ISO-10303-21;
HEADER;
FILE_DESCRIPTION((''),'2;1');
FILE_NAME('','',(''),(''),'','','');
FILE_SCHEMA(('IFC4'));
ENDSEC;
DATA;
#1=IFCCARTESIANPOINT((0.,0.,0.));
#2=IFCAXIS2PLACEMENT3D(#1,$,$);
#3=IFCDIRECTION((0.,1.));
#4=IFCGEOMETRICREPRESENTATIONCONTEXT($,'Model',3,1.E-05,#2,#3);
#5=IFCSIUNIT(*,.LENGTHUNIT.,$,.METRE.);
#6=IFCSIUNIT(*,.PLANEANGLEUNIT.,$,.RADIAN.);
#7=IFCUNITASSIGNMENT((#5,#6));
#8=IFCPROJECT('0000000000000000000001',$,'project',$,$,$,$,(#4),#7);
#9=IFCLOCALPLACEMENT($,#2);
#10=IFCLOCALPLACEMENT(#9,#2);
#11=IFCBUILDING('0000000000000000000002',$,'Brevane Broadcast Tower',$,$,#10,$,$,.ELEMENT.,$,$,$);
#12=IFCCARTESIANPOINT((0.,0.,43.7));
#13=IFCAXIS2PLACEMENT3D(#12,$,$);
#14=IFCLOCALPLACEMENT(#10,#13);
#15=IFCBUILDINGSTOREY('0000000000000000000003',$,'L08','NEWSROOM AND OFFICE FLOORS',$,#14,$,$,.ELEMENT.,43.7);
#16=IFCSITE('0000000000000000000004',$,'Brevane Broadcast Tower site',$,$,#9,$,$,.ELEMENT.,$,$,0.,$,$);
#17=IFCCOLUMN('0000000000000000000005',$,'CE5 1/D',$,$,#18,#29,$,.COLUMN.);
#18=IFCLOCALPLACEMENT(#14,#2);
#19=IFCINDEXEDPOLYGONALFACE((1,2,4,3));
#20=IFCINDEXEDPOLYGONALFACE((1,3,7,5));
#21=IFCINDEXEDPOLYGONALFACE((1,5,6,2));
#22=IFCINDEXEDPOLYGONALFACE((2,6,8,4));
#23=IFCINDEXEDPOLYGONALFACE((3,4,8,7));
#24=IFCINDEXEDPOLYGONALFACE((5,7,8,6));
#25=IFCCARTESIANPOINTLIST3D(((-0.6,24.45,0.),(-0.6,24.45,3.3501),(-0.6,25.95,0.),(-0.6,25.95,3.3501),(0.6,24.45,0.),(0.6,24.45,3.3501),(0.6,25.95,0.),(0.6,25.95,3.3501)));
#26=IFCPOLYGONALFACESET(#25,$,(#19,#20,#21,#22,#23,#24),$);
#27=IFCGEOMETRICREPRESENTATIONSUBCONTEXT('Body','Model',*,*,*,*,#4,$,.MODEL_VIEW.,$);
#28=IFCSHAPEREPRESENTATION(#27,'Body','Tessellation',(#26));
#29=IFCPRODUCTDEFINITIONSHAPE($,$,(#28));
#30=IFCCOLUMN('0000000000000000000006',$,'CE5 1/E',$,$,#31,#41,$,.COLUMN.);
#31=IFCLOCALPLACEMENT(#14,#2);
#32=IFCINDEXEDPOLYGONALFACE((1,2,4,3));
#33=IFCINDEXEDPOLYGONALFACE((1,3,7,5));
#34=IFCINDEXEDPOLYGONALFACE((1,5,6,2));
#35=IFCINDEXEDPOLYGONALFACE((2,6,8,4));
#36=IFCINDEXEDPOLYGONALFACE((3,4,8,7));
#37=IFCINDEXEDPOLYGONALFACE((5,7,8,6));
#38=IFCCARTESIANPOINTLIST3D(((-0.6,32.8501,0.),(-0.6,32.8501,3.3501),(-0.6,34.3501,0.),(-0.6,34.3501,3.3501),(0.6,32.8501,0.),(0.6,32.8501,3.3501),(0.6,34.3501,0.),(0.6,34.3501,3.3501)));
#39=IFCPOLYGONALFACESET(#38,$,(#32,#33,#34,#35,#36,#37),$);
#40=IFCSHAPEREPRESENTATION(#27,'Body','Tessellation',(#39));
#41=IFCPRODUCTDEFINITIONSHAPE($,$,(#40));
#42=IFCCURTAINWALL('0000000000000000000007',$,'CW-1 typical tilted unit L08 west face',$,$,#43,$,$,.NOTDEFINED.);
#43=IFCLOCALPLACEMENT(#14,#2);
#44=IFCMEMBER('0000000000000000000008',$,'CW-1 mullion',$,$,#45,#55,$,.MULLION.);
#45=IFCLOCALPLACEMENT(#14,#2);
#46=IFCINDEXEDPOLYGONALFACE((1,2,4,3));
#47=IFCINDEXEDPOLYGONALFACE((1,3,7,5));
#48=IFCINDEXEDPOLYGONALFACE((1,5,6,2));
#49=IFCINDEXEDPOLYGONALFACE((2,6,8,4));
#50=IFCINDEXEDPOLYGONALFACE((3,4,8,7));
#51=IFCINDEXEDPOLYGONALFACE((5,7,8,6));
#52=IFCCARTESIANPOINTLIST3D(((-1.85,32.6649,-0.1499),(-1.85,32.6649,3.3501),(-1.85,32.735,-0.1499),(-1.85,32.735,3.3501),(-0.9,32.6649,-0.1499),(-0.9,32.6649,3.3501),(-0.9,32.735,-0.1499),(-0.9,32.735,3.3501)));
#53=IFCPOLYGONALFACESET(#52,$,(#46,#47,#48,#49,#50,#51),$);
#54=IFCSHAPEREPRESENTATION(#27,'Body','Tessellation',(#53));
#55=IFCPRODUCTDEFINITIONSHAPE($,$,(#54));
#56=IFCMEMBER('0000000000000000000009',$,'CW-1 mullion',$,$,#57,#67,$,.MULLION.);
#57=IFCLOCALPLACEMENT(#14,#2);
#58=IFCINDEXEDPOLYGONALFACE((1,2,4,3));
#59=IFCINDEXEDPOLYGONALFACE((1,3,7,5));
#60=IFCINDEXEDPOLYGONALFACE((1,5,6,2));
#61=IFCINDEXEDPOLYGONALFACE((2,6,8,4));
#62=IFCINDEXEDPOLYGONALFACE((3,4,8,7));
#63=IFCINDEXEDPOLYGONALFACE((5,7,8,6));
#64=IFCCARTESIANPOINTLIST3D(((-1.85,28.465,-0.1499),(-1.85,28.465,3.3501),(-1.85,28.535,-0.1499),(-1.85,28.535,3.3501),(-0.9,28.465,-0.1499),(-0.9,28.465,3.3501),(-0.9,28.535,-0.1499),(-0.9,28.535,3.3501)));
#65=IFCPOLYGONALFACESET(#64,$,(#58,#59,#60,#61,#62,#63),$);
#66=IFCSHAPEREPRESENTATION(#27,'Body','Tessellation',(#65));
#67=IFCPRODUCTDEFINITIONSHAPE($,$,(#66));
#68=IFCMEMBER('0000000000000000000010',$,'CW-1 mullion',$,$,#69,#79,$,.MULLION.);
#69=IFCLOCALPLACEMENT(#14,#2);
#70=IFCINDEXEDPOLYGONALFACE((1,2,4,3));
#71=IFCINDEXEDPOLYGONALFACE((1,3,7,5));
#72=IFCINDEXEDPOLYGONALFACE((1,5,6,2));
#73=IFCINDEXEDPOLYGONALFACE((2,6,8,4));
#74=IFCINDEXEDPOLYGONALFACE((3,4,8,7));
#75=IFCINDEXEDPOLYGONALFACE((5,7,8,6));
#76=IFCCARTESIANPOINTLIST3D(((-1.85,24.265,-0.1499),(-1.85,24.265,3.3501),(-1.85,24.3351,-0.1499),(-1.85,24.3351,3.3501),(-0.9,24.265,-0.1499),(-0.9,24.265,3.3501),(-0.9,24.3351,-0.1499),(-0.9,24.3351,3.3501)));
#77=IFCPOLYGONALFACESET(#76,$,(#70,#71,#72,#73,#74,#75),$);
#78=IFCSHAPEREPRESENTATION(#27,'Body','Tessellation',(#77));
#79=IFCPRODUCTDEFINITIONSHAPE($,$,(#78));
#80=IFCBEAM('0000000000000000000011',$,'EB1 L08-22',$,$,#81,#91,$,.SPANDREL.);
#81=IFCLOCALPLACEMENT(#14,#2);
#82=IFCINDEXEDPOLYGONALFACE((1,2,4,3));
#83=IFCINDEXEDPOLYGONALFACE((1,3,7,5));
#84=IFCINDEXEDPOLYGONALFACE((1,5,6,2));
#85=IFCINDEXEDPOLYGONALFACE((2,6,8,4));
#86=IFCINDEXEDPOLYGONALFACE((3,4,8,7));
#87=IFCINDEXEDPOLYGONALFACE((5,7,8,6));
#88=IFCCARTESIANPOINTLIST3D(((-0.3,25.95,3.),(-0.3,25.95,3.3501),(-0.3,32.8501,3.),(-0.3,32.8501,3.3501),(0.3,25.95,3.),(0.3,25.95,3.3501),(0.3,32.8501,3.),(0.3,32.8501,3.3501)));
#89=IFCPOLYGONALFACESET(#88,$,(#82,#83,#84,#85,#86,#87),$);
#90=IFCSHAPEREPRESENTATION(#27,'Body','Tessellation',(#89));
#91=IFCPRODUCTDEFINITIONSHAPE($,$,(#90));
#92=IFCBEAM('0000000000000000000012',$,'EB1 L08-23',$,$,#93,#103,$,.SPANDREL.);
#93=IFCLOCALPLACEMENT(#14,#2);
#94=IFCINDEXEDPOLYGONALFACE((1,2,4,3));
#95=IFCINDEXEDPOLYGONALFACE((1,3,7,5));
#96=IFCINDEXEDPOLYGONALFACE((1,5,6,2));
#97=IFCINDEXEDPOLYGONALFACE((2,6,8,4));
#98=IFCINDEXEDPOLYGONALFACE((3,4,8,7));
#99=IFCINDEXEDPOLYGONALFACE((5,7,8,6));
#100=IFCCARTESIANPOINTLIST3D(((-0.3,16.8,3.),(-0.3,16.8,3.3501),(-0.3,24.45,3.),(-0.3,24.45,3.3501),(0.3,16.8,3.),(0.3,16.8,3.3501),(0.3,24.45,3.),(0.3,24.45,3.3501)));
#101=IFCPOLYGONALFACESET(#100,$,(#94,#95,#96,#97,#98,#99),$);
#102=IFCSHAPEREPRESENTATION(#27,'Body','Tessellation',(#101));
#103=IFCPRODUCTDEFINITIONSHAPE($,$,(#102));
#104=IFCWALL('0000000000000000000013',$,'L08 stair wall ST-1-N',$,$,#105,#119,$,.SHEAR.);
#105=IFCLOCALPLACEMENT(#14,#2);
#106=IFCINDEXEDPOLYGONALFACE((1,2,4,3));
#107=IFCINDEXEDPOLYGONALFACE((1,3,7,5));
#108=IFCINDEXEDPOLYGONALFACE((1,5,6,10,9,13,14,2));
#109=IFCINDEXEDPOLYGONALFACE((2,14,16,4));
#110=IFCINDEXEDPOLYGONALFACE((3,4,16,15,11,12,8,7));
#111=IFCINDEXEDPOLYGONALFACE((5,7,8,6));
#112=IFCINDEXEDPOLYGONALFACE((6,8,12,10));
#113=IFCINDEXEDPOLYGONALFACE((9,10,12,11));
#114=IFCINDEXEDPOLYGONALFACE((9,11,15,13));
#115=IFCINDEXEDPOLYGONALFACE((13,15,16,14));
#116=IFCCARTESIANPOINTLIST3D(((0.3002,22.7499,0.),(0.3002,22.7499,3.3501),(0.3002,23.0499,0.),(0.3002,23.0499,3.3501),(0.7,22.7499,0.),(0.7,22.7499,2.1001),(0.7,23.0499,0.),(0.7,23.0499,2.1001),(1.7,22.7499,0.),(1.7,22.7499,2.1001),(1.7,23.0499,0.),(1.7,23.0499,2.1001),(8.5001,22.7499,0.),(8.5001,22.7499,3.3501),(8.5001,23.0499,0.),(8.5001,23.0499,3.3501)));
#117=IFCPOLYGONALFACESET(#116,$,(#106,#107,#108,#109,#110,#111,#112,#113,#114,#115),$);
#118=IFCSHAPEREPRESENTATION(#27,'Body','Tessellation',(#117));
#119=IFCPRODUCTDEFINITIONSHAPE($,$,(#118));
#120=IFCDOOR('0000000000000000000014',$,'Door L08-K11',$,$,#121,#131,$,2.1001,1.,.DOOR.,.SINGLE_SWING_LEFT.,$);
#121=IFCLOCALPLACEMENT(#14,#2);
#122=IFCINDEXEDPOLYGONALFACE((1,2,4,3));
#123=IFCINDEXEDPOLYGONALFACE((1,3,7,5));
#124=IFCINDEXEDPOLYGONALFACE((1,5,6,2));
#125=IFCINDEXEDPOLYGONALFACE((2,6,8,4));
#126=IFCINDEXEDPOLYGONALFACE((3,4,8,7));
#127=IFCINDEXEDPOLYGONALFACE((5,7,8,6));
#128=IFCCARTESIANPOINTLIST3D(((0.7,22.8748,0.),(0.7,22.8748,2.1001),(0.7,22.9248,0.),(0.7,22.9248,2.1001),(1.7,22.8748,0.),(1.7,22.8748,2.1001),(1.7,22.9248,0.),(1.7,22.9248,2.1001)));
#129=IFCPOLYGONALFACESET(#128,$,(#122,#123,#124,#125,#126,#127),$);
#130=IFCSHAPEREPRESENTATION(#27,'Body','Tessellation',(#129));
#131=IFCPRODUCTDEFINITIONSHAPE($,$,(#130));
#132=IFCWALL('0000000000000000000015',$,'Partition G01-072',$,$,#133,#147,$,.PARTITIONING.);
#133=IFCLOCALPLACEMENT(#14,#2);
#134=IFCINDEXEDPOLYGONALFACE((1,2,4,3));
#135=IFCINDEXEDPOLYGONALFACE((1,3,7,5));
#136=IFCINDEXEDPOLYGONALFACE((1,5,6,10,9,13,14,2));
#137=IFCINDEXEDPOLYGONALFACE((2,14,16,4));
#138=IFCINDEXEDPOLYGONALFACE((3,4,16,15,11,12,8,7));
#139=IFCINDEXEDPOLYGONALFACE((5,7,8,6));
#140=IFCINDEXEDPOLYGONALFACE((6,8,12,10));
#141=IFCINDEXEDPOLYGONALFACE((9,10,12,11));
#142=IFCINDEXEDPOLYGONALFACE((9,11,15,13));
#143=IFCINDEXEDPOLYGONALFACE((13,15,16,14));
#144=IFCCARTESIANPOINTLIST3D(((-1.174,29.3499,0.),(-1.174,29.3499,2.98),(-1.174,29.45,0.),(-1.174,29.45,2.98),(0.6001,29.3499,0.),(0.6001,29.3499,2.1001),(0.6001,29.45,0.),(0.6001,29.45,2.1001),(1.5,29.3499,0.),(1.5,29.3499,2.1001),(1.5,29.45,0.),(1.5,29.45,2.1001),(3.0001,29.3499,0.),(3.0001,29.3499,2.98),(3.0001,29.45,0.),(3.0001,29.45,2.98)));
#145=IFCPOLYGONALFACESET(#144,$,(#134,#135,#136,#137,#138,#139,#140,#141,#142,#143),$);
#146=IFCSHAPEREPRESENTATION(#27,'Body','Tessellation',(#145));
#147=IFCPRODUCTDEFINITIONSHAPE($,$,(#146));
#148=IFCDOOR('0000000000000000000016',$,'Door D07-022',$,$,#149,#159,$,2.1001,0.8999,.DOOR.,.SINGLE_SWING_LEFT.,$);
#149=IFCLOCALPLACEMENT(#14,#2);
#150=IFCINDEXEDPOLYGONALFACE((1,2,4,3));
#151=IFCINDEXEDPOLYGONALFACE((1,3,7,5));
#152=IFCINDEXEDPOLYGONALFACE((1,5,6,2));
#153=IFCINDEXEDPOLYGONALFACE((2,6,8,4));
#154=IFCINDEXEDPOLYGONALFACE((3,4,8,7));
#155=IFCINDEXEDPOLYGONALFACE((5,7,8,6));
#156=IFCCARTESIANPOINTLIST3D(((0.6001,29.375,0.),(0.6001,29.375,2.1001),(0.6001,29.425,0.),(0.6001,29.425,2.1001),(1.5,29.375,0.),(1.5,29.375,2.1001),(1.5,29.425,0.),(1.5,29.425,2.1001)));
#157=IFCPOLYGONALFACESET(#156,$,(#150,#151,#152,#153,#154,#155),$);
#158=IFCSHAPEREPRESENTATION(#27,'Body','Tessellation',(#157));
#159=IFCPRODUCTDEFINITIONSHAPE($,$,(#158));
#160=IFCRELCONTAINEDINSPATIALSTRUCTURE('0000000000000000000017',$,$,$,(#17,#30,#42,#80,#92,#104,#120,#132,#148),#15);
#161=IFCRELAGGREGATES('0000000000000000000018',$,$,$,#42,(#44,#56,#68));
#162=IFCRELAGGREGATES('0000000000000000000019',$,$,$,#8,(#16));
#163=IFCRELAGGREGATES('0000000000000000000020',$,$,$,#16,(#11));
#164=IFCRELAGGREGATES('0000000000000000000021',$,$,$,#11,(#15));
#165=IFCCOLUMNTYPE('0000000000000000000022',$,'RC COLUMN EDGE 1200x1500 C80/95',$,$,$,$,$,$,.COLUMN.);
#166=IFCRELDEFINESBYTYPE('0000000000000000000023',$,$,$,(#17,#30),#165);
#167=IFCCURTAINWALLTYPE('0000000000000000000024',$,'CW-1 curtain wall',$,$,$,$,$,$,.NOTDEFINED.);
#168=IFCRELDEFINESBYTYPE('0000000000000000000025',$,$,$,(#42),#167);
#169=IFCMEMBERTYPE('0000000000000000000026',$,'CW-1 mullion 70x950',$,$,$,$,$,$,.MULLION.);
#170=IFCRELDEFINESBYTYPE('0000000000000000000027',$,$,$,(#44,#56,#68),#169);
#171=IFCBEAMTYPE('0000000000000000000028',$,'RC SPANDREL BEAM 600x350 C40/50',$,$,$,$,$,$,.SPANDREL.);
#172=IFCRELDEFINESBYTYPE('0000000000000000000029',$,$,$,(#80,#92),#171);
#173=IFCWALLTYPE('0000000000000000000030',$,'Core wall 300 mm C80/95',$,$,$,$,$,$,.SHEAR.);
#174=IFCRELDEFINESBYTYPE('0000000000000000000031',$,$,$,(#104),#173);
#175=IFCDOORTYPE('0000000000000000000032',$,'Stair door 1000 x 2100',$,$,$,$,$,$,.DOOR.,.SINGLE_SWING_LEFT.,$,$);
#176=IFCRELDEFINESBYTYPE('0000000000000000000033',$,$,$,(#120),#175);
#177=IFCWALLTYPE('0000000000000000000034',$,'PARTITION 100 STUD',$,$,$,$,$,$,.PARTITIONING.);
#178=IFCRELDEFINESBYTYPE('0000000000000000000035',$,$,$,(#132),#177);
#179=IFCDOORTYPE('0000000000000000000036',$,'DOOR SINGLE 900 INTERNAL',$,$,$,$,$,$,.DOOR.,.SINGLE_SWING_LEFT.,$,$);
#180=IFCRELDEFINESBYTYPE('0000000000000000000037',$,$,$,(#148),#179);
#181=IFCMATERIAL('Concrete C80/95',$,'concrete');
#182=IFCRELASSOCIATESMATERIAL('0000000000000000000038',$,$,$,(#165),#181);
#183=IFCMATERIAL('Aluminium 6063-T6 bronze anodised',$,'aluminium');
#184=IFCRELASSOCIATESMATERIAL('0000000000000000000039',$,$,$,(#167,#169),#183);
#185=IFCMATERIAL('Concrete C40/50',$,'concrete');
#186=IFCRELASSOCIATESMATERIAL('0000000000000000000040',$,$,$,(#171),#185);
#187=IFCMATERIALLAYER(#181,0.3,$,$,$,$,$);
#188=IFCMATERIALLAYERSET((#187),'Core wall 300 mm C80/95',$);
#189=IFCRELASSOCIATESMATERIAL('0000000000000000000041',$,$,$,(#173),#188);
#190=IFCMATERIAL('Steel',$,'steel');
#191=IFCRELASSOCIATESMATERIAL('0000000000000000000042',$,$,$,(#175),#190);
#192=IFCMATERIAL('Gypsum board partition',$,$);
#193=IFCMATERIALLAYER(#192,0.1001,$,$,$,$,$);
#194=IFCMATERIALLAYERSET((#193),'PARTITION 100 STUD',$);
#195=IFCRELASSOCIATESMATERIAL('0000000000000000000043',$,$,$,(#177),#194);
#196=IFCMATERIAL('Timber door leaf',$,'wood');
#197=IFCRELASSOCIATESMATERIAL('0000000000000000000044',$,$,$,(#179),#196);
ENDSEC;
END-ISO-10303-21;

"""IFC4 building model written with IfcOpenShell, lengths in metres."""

from ifc_helpers import new_model, si_unit, direction, frame, frame_2d, origin, origin_2d, place, context, subcontext, project, spatial, rectangle, extrude, material, layer, layer_set, material_profile, profile_set, type_object, element, fill, aggregate, save


model = new_model("IFC4")

# Units and contexts
model_context = context("Model", 3, precision=1e-05, world=origin(), true_north=direction((0.0, 1.0)))
body_context = subcontext(model_context, "Body", "Model", "MODEL_VIEW")
ifc_project = project(units=[si_unit("LENGTHUNIT", "METRE"), si_unit("PLANEANGLEUNIT", "RADIAN")], contexts=[model_context])

# Site, building, storey
site_placement = place(None, origin())
site = spatial("IfcSite", under=ifc_project, at=site_placement, Name="Brevane Broadcast Tower site", CompositionType="ELEMENT", RefElevation=0.0)
building_placement = place(site_placement, origin())
building = spatial("IfcBuilding", under=site, at=building_placement, Name="Brevane Broadcast Tower", CompositionType="ELEMENT")
storey_placement = place(building_placement, frame((0.0, 0.0, 43.7)))
storey = spatial("IfcBuildingStorey", under=building, at=storey_placement, Name="L08", Description="NEWSROOM AND OFFICE FLOORS", CompositionType="ELEMENT", Elevation=43.7)

# Columns
ifc_material_1 = material(Name="Concrete C80/95", Category="concrete")
ifc_material_profile_1 = material_profile(ifc_material_1, rectangle(XDim=1.2, YDim=1.5, at=origin_2d()), Name="RC 1200x1500")
ifc_profile_set_1 = profile_set([ifc_material_profile_1], Name="Concrete C80/95")
column_type = type_object("IfcColumnType", Name="RC COLUMN EDGE 1200x1500 C80/95", PredefinedType="COLUMN", material=ifc_profile_set_1)
for number, where, z_axis, x_axis, name in (
    (1, (0.0, 25.2, 0.0), (0.0, 0.0, 1.0), (1.0, 0.0, 0.0), "CE5 1/D"),
    (2, (0.0, 33.6001, 0.0), (0.0, 0.0, 1.0), (1.0, 0.0, 0.0), "CE5 1/E"),
):
    element("IfcColumn", number, at=place(storey_placement, frame(where, z_axis=z_axis, x_axis=x_axis)), inside=storey, type_object=column_type, Name=name, PredefinedType="COLUMN", context=body_context, shape_type="SweptSolid", body=[
        extrude(rectangle(XDim=1.2, YDim=1.5, at=origin_2d()), origin(), (0.0, 0.0, 1.0), 3.3501),
    ])

# Curtain wall, members
ifc_material_2 = material(Name="Aluminium 6063-T6 bronze anodised", Category="aluminium")
curtain_wall_type = type_object("IfcCurtainWallType", Name="CW-1 curtain wall", PredefinedType="NOTDEFINED", material=ifc_material_2)
curtain_wall_placement = place(storey_placement, origin())
curtain_wall = element("IfcCurtainWall", 3, at=curtain_wall_placement, inside=storey, type_object=curtain_wall_type, Name="CW-1 typical tilted unit L08 west face", PredefinedType="NOTDEFINED")
ifc_material_profile_2 = material_profile(ifc_material_2, rectangle(XDim=0.95, YDim=0.0701, at=origin_2d()), Name="RECT 70x950")
ifc_profile_set_2 = profile_set([ifc_material_profile_2], Name="Aluminium 6063-T6 bronze anodised")
member_type = type_object("IfcMemberType", Name="CW-1 mullion 70x950", PredefinedType="MULLION", material=ifc_profile_set_2)
member_1_placement = place(storey_placement, frame((-1.375, 32.7, -0.1499), z_axis=(0.0, 0.0, 1.0), x_axis=(1.0, 0.0, 0.0)))
member_1 = element("IfcMember", 4, at=member_1_placement, type_object=member_type, Name="CW-1 mullion", PredefinedType="MULLION", context=body_context, shape_type="SweptSolid", body=[
    extrude(rectangle(XDim=0.95, YDim=0.0701, at=origin_2d()), origin(), (0.0, 0.0, 1.0), 3.5),
])
member_2_placement = place(storey_placement, frame((-1.375, 28.5, -0.1499), z_axis=(0.0, 0.0, 1.0), x_axis=(1.0, 0.0, 0.0)))
member_2 = element("IfcMember", 5, at=member_2_placement, type_object=member_type, Name="CW-1 mullion", PredefinedType="MULLION", context=body_context, shape_type="SweptSolid", body=[
    extrude(rectangle(XDim=0.95, YDim=0.0701, at=origin_2d()), origin(), (0.0, 0.0, 1.0), 3.5),
])
member_3_placement = place(storey_placement, frame((-1.375, 24.3, -0.1499), z_axis=(0.0, 0.0, 1.0), x_axis=(1.0, 0.0, 0.0)))
member_3 = element("IfcMember", 6, at=member_3_placement, type_object=member_type, Name="CW-1 mullion", PredefinedType="MULLION", context=body_context, shape_type="SweptSolid", body=[
    extrude(rectangle(XDim=0.95, YDim=0.0701, at=origin_2d()), origin(), (0.0, 0.0, 1.0), 3.5),
])
aggregate(curtain_wall, [member_1, member_2, member_3])

# Beams
ifc_material_3 = material(Name="Concrete C40/50", Category="concrete")
ifc_material_profile_3 = material_profile(ifc_material_3, rectangle(XDim=0.6001, YDim=0.3501, at=origin_2d()), Name="RC 600x350")
ifc_profile_set_3 = profile_set([ifc_material_profile_3], Name="Concrete C40/50")
beam_type = type_object("IfcBeamType", Name="RC SPANDREL BEAM 600x350 C40/50", PredefinedType="SPANDREL", material=ifc_profile_set_3)
beam_1_placement = place(storey_placement, frame((0.0, 32.8501, 3.175), z_axis=(0.0, -1.0, 0.0), x_axis=(1.0, 0.0, 0.0)))
element("IfcBeam", 7, at=beam_1_placement, inside=storey, type_object=beam_type, Name="EB1 L08-22", PredefinedType="SPANDREL", context=body_context, shape_type="SweptSolid", body=[
    extrude(rectangle(XDim=0.6001, YDim=0.3501, at=origin_2d()), origin(), (0.0, 0.0, 1.0), 6.9001),
])
beam_2_placement = place(storey_placement, frame((0.0, 24.45, 3.175), z_axis=(0.0, -1.0, 0.0), x_axis=(1.0, 0.0, 0.0)))
element("IfcBeam", 8, at=beam_2_placement, inside=storey, type_object=beam_type, Name="EB1 L08-23", PredefinedType="SPANDREL", context=body_context, shape_type="SweptSolid", body=[
    extrude(rectangle(XDim=0.6001, YDim=0.3501, at=origin_2d()), origin(), (0.0, 0.0, 1.0), 7.6499),
])

# Walls, openings, doors
ifc_layer_1 = layer(ifc_material_1, 0.3)
ifc_layer_set_1 = layer_set([ifc_layer_1], Name="Core wall 300 mm C80/95")
wall_type_1 = type_object("IfcWallType", Name="Core wall 300 mm C80/95", PredefinedType="SHEAR", material=ifc_layer_set_1)
wall_1_placement = place(storey_placement, frame((0.3, 22.8999, 0.0), z_axis=(0.0, 0.0, 1.0), x_axis=(1.0, 0.0, 0.0)))
wall_1 = element("IfcWall", 9, at=wall_1_placement, inside=storey, type_object=wall_type_1, Name="L08 stair wall ST-1-N", PredefinedType="SHEAR", context=body_context, shape_type="SweptSolid", body=[
    extrude(rectangle(XDim=8.2, YDim=0.3, at=frame_2d((4.1001, 0.0))), origin(), (0.0, 0.0, 1.0), 3.3501),
])
opening_1_placement = place(wall_1_placement, frame((0.3999, 0.0, 0.0)))
opening_1 = element("IfcOpeningElement", 10, at=opening_1_placement, cuts=wall_1, PredefinedType="OPENING", context=body_context, shape_type="SweptSolid", body=[
    extrude(rectangle(XDim=1.0, YDim=2.1001, at=frame_2d((0.5, 1.05))), frame((0.0, 0.1599, 0.0), z_axis=(0.0, -1.0, 0.0), x_axis=(1.0, 0.0, 0.0)), (0.0, 0.0, 1.0), 0.3201),
])
ifc_material_4 = material(Name="Steel", Category="steel")
door_type_1 = type_object("IfcDoorType", Name="Stair door 1000 x 2100", OperationType="SINGLE_SWING_LEFT", PredefinedType="DOOR", material=ifc_material_4)
door_1_placement = place(opening_1_placement, origin())
door_1 = element("IfcDoor", 11, at=door_1_placement, inside=storey, type_object=door_type_1, Name="Door L08-K11", OperationType="SINGLE_SWING_LEFT", OverallHeight=2.1001, OverallWidth=1.0, PredefinedType="DOOR", context=body_context, shape_type="SweptSolid", body=[
    extrude(rectangle(XDim=1.0, YDim=2.1001, at=frame_2d((0.5, 1.05))), frame((0.0, 0.0249, 0.0), z_axis=(0.0, -1.0, 0.0), x_axis=(1.0, 0.0, 0.0)), (0.0, 0.0, 1.0), 0.05),
])
fill(opening_1, door_1)
ifc_material_5 = material(Name="Gypsum board partition")
ifc_layer_2 = layer(ifc_material_5, 0.1001)
ifc_layer_set_2 = layer_set([ifc_layer_2], Name="PARTITION 100 STUD")
wall_type_2 = type_object("IfcWallType", Name="PARTITION 100 STUD", PredefinedType="PARTITIONING", material=ifc_layer_set_2)
wall_2_placement = place(storey_placement, frame((3.0, 29.3999, 0.0), z_axis=(0.0, 0.0, 1.0), x_axis=(-1.0, 0.0, 0.0)))
wall_2 = element("IfcWall", 12, at=wall_2_placement, inside=storey, type_object=wall_type_2, Name="Partition G01-072", PredefinedType="PARTITIONING", context=body_context, shape_type="SweptSolid", body=[
    extrude(rectangle(XDim=4.1741, YDim=0.1001, at=frame_2d((2.0869, 0.0))), origin(), (0.0, 0.0, 1.0), 2.98),
])
opening_2_placement = place(wall_2_placement, frame((1.5, 0.0, 0.0)))
opening_2 = element("IfcOpeningElement", 13, at=opening_2_placement, cuts=wall_2, PredefinedType="OPENING", context=body_context, shape_type="SweptSolid", body=[
    extrude(rectangle(XDim=0.8999, YDim=2.1001, at=frame_2d((0.45, 1.05))), frame((0.0, 0.0601, 0.0), z_axis=(0.0, -1.0, 0.0), x_axis=(1.0, 0.0, 0.0)), (0.0, 0.0, 1.0), 0.1201),
])
ifc_material_6 = material(Name="Timber door leaf", Category="wood")
door_type_2 = type_object("IfcDoorType", Name="DOOR SINGLE 900 INTERNAL", OperationType="SINGLE_SWING_LEFT", PredefinedType="DOOR", material=ifc_material_6)
door_2_placement = place(opening_2_placement, origin())
door_2 = element("IfcDoor", 14, at=door_2_placement, inside=storey, type_object=door_type_2, Name="Door D07-022", OperationType="SINGLE_SWING_LEFT", OverallHeight=2.1001, OverallWidth=0.8999, PredefinedType="DOOR", context=body_context, shape_type="SweptSolid", body=[
    extrude(rectangle(XDim=0.8999, YDim=2.1001, at=frame_2d((0.45, 1.05))), frame((0.0, 0.0249, 0.0), z_axis=(0.0, -1.0, 0.0), x_axis=(1.0, 0.0, 0.0)), (0.0, 0.0, 1.0), 0.05),
])
fill(opening_2, door_2)

save(model, "model.ifc")
